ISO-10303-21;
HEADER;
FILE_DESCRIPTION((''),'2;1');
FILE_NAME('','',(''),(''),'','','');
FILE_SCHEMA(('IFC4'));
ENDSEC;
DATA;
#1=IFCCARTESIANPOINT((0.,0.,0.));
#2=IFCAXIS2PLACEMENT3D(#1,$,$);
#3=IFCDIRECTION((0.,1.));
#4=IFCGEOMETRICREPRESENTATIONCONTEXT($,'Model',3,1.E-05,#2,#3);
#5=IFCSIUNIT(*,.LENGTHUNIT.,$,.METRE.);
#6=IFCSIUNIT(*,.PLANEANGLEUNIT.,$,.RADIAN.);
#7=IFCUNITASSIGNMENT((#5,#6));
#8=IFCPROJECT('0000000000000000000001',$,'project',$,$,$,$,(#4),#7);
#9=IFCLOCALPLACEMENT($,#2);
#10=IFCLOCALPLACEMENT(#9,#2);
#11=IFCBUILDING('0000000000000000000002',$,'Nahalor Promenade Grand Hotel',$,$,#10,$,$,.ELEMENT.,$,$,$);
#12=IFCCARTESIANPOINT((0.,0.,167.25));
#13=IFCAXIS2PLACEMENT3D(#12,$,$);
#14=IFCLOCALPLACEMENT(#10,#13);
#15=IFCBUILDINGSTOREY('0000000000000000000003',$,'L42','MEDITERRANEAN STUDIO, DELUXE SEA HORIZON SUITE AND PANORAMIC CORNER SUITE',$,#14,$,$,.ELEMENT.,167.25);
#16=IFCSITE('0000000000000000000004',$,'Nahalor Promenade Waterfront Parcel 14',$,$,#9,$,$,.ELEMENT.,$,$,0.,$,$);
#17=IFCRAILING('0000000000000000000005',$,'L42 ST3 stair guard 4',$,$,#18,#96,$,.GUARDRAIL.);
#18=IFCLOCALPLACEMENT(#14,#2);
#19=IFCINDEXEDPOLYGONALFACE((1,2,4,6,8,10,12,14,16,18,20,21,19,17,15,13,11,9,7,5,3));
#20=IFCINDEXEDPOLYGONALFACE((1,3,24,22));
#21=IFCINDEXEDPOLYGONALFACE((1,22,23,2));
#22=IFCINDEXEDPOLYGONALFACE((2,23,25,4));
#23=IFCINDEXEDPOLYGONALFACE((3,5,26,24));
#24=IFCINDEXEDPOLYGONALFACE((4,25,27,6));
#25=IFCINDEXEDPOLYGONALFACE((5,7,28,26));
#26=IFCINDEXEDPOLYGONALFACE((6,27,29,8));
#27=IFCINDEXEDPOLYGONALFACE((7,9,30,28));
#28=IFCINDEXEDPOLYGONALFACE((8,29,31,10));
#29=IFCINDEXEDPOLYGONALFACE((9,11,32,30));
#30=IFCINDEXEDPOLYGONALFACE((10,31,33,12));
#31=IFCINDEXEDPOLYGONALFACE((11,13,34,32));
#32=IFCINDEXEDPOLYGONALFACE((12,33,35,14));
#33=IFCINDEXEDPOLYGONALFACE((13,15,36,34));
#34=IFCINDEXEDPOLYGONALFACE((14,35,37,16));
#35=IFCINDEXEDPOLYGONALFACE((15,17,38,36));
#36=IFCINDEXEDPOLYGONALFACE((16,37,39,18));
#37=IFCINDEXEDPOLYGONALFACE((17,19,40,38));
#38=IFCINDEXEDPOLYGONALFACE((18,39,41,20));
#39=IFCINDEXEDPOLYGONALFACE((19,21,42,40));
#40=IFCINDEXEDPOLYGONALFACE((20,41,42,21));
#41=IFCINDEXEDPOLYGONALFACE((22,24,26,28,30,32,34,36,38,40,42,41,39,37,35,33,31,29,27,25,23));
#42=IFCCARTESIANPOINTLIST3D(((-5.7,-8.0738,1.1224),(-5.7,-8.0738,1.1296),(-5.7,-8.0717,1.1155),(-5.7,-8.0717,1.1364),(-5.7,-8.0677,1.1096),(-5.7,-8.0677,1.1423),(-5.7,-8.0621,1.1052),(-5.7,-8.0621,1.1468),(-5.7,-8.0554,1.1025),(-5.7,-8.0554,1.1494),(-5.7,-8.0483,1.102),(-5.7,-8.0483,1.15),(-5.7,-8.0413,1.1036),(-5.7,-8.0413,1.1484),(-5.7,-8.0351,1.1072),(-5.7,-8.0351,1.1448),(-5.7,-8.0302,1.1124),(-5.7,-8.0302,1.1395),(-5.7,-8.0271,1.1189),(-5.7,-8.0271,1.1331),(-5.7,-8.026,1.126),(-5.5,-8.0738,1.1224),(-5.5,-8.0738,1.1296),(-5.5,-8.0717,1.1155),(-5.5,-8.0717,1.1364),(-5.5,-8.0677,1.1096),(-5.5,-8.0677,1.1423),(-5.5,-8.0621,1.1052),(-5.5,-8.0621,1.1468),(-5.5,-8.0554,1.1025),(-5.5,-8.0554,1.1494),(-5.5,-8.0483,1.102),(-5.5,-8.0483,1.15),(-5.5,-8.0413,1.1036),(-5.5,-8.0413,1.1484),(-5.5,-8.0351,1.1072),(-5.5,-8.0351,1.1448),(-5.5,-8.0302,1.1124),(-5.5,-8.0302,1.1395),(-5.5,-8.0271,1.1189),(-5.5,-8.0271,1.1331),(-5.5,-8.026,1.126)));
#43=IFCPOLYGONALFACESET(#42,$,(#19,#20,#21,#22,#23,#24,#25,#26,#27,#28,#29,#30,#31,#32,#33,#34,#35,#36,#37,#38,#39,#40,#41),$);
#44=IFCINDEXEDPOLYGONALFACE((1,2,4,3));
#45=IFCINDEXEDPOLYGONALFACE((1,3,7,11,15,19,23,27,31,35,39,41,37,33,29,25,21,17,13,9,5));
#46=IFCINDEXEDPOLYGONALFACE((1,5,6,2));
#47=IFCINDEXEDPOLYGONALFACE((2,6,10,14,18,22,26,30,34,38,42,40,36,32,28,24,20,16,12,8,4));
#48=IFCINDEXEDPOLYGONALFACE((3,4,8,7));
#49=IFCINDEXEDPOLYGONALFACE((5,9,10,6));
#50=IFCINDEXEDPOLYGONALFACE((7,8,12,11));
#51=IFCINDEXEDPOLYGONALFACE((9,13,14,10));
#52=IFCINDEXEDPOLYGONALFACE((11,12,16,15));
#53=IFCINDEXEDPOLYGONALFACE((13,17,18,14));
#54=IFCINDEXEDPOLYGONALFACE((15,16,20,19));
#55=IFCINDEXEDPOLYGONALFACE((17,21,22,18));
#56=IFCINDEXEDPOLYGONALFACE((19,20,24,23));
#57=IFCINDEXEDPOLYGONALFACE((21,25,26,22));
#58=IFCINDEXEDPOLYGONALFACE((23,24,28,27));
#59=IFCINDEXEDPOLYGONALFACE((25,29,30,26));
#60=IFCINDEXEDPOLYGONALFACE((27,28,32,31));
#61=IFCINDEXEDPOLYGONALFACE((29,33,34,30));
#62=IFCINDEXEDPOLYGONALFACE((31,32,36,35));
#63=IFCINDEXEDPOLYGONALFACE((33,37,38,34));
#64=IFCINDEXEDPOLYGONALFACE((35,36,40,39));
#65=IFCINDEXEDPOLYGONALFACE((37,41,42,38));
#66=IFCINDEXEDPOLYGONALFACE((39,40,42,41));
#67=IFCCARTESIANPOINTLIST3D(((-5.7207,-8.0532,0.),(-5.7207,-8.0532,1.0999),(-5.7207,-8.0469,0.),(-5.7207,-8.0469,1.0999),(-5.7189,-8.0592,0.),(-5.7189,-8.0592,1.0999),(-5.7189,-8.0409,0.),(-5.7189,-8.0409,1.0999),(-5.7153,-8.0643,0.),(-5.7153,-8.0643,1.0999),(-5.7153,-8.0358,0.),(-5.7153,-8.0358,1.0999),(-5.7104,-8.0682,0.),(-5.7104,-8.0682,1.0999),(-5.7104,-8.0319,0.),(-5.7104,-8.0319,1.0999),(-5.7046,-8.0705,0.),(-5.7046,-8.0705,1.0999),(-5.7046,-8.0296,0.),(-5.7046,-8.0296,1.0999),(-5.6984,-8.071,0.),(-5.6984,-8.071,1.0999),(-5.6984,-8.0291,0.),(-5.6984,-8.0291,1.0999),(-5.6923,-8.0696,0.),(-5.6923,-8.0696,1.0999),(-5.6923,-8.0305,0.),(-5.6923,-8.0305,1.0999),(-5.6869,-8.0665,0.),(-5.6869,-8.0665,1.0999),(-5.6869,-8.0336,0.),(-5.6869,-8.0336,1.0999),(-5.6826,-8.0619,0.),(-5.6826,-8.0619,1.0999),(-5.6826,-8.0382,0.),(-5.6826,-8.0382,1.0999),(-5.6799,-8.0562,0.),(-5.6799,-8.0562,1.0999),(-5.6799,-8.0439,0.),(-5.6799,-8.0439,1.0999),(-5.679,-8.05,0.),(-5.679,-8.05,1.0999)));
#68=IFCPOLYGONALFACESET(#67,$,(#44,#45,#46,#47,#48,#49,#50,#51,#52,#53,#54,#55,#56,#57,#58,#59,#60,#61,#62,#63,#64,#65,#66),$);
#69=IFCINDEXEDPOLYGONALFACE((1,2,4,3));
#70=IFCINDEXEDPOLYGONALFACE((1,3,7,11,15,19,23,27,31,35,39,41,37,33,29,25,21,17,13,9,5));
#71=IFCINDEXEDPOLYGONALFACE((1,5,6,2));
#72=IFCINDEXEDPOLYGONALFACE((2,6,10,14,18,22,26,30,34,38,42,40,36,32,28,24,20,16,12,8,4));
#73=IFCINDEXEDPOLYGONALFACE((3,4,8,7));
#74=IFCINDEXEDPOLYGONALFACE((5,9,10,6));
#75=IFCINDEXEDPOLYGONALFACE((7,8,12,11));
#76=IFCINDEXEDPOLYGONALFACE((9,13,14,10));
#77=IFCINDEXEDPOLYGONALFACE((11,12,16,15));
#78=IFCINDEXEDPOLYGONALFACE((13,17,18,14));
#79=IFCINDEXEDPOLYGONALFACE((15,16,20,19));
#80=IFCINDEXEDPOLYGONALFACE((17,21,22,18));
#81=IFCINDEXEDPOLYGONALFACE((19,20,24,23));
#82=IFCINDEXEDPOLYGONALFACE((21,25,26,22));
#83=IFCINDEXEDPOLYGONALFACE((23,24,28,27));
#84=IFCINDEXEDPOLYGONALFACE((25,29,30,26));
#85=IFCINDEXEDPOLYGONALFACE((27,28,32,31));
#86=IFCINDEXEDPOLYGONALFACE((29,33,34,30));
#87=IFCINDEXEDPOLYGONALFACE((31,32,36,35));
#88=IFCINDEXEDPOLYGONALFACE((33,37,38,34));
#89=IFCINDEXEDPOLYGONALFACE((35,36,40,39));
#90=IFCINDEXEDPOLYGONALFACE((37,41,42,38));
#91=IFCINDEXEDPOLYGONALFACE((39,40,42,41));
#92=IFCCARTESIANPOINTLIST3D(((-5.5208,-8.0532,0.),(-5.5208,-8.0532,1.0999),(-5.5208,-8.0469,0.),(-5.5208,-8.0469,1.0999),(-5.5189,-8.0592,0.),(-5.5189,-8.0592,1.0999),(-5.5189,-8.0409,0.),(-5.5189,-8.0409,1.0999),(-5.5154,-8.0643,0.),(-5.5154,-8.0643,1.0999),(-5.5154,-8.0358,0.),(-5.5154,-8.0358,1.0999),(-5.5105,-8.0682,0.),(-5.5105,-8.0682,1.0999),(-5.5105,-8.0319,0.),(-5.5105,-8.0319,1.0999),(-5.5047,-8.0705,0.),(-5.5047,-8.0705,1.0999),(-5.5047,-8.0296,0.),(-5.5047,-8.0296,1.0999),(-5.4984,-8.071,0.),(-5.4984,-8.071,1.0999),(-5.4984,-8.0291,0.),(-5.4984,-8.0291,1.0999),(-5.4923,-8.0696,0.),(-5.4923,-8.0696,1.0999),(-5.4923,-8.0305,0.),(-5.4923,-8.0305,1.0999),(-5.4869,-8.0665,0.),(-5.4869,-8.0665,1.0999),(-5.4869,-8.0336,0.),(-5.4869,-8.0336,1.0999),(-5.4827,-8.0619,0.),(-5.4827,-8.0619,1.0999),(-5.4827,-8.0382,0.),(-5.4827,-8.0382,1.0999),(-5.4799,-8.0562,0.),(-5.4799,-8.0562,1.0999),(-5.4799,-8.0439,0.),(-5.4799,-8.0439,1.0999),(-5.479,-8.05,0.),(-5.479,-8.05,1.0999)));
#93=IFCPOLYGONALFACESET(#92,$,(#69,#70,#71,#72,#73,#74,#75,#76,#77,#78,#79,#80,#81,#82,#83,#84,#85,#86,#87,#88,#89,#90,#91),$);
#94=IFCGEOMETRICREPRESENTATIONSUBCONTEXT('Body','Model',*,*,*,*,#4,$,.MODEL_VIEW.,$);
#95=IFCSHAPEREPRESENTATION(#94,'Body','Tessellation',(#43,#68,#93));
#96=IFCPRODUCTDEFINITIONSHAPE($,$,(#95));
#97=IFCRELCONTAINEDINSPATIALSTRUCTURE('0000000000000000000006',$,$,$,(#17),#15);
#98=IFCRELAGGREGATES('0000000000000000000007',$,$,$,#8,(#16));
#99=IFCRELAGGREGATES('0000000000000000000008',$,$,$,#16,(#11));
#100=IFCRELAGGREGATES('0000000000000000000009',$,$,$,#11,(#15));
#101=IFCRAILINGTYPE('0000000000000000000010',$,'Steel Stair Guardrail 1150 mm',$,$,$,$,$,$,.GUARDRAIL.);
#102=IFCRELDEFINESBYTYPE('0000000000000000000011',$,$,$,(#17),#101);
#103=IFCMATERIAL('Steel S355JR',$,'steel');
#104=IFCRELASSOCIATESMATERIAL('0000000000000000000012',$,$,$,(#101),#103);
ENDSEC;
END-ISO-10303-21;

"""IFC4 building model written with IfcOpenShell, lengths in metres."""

from ifc_helpers import new_model, si_unit, direction, frame, origin, origin_2d, place, context, subcontext, project, spatial, circle, extrude, material, type_object, element, save


model = new_model("IFC4")

# Units and contexts
model_context = context("Model", 3, precision=1e-05, world=origin(), true_north=direction((0.0, 1.0)))
body_context = subcontext(model_context, "Body", "Model", "MODEL_VIEW")
ifc_project = project(units=[si_unit("LENGTHUNIT", "METRE"), si_unit("PLANEANGLEUNIT", "RADIAN")], contexts=[model_context])

# Site, building, storey
site_placement = place(None, origin())
site = spatial("IfcSite", under=ifc_project, at=site_placement, Name="Nahalor Promenade Waterfront Parcel 14", CompositionType="ELEMENT", RefElevation=0.0)
building_placement = place(site_placement, origin())
building = spatial("IfcBuilding", under=site, at=building_placement, Name="Nahalor Promenade Grand Hotel", CompositionType="ELEMENT")
storey_placement = place(building_placement, frame((0.0, 0.0, 167.25)))
storey = spatial("IfcBuildingStorey", under=building, at=storey_placement, Name="L42", Description="MEDITERRANEAN STUDIO, DELUXE SEA HORIZON SUITE AND PANORAMIC CORNER SUITE", CompositionType="ELEMENT", Elevation=167.25)

# Shared definitions
ifc_material_1 = material(Name="Steel S355JR", Category="steel")

# Railing
railing_type_1 = type_object("IfcRailingType", Name="Steel Stair Guardrail 1150 mm", PredefinedType="GUARDRAIL", material=ifc_material_1)
railing_1_placement = place(storey_placement, frame((-5.7, -8.05, 0.0)))
element("IfcRailing", 1, at=railing_1_placement, inside=storey, type_object=railing_type_1, Name="L42 ST3 stair guard 4", PredefinedType="GUARDRAIL", context=body_context, shape_type="SweptSolid", body=[
    extrude(circle(Radius=0.024, at=origin_2d()), frame((0.0, 0.0, 1.126), z_axis=(1.0, 0.0, 0.0), x_axis=(0.0, 1.0, 0.0)), (0.0, 0.0, 1.0), 0.2),
    extrude(circle(Radius=0.021, at=origin_2d()), origin(), (0.0, 0.0, 1.0), 1.0999),
    extrude(circle(Radius=0.021, at=origin_2d()), frame((0.2, 0.0, 0.0)), (0.0, 0.0, 1.0), 1.0999),
])

save(model, "model.ifc")
